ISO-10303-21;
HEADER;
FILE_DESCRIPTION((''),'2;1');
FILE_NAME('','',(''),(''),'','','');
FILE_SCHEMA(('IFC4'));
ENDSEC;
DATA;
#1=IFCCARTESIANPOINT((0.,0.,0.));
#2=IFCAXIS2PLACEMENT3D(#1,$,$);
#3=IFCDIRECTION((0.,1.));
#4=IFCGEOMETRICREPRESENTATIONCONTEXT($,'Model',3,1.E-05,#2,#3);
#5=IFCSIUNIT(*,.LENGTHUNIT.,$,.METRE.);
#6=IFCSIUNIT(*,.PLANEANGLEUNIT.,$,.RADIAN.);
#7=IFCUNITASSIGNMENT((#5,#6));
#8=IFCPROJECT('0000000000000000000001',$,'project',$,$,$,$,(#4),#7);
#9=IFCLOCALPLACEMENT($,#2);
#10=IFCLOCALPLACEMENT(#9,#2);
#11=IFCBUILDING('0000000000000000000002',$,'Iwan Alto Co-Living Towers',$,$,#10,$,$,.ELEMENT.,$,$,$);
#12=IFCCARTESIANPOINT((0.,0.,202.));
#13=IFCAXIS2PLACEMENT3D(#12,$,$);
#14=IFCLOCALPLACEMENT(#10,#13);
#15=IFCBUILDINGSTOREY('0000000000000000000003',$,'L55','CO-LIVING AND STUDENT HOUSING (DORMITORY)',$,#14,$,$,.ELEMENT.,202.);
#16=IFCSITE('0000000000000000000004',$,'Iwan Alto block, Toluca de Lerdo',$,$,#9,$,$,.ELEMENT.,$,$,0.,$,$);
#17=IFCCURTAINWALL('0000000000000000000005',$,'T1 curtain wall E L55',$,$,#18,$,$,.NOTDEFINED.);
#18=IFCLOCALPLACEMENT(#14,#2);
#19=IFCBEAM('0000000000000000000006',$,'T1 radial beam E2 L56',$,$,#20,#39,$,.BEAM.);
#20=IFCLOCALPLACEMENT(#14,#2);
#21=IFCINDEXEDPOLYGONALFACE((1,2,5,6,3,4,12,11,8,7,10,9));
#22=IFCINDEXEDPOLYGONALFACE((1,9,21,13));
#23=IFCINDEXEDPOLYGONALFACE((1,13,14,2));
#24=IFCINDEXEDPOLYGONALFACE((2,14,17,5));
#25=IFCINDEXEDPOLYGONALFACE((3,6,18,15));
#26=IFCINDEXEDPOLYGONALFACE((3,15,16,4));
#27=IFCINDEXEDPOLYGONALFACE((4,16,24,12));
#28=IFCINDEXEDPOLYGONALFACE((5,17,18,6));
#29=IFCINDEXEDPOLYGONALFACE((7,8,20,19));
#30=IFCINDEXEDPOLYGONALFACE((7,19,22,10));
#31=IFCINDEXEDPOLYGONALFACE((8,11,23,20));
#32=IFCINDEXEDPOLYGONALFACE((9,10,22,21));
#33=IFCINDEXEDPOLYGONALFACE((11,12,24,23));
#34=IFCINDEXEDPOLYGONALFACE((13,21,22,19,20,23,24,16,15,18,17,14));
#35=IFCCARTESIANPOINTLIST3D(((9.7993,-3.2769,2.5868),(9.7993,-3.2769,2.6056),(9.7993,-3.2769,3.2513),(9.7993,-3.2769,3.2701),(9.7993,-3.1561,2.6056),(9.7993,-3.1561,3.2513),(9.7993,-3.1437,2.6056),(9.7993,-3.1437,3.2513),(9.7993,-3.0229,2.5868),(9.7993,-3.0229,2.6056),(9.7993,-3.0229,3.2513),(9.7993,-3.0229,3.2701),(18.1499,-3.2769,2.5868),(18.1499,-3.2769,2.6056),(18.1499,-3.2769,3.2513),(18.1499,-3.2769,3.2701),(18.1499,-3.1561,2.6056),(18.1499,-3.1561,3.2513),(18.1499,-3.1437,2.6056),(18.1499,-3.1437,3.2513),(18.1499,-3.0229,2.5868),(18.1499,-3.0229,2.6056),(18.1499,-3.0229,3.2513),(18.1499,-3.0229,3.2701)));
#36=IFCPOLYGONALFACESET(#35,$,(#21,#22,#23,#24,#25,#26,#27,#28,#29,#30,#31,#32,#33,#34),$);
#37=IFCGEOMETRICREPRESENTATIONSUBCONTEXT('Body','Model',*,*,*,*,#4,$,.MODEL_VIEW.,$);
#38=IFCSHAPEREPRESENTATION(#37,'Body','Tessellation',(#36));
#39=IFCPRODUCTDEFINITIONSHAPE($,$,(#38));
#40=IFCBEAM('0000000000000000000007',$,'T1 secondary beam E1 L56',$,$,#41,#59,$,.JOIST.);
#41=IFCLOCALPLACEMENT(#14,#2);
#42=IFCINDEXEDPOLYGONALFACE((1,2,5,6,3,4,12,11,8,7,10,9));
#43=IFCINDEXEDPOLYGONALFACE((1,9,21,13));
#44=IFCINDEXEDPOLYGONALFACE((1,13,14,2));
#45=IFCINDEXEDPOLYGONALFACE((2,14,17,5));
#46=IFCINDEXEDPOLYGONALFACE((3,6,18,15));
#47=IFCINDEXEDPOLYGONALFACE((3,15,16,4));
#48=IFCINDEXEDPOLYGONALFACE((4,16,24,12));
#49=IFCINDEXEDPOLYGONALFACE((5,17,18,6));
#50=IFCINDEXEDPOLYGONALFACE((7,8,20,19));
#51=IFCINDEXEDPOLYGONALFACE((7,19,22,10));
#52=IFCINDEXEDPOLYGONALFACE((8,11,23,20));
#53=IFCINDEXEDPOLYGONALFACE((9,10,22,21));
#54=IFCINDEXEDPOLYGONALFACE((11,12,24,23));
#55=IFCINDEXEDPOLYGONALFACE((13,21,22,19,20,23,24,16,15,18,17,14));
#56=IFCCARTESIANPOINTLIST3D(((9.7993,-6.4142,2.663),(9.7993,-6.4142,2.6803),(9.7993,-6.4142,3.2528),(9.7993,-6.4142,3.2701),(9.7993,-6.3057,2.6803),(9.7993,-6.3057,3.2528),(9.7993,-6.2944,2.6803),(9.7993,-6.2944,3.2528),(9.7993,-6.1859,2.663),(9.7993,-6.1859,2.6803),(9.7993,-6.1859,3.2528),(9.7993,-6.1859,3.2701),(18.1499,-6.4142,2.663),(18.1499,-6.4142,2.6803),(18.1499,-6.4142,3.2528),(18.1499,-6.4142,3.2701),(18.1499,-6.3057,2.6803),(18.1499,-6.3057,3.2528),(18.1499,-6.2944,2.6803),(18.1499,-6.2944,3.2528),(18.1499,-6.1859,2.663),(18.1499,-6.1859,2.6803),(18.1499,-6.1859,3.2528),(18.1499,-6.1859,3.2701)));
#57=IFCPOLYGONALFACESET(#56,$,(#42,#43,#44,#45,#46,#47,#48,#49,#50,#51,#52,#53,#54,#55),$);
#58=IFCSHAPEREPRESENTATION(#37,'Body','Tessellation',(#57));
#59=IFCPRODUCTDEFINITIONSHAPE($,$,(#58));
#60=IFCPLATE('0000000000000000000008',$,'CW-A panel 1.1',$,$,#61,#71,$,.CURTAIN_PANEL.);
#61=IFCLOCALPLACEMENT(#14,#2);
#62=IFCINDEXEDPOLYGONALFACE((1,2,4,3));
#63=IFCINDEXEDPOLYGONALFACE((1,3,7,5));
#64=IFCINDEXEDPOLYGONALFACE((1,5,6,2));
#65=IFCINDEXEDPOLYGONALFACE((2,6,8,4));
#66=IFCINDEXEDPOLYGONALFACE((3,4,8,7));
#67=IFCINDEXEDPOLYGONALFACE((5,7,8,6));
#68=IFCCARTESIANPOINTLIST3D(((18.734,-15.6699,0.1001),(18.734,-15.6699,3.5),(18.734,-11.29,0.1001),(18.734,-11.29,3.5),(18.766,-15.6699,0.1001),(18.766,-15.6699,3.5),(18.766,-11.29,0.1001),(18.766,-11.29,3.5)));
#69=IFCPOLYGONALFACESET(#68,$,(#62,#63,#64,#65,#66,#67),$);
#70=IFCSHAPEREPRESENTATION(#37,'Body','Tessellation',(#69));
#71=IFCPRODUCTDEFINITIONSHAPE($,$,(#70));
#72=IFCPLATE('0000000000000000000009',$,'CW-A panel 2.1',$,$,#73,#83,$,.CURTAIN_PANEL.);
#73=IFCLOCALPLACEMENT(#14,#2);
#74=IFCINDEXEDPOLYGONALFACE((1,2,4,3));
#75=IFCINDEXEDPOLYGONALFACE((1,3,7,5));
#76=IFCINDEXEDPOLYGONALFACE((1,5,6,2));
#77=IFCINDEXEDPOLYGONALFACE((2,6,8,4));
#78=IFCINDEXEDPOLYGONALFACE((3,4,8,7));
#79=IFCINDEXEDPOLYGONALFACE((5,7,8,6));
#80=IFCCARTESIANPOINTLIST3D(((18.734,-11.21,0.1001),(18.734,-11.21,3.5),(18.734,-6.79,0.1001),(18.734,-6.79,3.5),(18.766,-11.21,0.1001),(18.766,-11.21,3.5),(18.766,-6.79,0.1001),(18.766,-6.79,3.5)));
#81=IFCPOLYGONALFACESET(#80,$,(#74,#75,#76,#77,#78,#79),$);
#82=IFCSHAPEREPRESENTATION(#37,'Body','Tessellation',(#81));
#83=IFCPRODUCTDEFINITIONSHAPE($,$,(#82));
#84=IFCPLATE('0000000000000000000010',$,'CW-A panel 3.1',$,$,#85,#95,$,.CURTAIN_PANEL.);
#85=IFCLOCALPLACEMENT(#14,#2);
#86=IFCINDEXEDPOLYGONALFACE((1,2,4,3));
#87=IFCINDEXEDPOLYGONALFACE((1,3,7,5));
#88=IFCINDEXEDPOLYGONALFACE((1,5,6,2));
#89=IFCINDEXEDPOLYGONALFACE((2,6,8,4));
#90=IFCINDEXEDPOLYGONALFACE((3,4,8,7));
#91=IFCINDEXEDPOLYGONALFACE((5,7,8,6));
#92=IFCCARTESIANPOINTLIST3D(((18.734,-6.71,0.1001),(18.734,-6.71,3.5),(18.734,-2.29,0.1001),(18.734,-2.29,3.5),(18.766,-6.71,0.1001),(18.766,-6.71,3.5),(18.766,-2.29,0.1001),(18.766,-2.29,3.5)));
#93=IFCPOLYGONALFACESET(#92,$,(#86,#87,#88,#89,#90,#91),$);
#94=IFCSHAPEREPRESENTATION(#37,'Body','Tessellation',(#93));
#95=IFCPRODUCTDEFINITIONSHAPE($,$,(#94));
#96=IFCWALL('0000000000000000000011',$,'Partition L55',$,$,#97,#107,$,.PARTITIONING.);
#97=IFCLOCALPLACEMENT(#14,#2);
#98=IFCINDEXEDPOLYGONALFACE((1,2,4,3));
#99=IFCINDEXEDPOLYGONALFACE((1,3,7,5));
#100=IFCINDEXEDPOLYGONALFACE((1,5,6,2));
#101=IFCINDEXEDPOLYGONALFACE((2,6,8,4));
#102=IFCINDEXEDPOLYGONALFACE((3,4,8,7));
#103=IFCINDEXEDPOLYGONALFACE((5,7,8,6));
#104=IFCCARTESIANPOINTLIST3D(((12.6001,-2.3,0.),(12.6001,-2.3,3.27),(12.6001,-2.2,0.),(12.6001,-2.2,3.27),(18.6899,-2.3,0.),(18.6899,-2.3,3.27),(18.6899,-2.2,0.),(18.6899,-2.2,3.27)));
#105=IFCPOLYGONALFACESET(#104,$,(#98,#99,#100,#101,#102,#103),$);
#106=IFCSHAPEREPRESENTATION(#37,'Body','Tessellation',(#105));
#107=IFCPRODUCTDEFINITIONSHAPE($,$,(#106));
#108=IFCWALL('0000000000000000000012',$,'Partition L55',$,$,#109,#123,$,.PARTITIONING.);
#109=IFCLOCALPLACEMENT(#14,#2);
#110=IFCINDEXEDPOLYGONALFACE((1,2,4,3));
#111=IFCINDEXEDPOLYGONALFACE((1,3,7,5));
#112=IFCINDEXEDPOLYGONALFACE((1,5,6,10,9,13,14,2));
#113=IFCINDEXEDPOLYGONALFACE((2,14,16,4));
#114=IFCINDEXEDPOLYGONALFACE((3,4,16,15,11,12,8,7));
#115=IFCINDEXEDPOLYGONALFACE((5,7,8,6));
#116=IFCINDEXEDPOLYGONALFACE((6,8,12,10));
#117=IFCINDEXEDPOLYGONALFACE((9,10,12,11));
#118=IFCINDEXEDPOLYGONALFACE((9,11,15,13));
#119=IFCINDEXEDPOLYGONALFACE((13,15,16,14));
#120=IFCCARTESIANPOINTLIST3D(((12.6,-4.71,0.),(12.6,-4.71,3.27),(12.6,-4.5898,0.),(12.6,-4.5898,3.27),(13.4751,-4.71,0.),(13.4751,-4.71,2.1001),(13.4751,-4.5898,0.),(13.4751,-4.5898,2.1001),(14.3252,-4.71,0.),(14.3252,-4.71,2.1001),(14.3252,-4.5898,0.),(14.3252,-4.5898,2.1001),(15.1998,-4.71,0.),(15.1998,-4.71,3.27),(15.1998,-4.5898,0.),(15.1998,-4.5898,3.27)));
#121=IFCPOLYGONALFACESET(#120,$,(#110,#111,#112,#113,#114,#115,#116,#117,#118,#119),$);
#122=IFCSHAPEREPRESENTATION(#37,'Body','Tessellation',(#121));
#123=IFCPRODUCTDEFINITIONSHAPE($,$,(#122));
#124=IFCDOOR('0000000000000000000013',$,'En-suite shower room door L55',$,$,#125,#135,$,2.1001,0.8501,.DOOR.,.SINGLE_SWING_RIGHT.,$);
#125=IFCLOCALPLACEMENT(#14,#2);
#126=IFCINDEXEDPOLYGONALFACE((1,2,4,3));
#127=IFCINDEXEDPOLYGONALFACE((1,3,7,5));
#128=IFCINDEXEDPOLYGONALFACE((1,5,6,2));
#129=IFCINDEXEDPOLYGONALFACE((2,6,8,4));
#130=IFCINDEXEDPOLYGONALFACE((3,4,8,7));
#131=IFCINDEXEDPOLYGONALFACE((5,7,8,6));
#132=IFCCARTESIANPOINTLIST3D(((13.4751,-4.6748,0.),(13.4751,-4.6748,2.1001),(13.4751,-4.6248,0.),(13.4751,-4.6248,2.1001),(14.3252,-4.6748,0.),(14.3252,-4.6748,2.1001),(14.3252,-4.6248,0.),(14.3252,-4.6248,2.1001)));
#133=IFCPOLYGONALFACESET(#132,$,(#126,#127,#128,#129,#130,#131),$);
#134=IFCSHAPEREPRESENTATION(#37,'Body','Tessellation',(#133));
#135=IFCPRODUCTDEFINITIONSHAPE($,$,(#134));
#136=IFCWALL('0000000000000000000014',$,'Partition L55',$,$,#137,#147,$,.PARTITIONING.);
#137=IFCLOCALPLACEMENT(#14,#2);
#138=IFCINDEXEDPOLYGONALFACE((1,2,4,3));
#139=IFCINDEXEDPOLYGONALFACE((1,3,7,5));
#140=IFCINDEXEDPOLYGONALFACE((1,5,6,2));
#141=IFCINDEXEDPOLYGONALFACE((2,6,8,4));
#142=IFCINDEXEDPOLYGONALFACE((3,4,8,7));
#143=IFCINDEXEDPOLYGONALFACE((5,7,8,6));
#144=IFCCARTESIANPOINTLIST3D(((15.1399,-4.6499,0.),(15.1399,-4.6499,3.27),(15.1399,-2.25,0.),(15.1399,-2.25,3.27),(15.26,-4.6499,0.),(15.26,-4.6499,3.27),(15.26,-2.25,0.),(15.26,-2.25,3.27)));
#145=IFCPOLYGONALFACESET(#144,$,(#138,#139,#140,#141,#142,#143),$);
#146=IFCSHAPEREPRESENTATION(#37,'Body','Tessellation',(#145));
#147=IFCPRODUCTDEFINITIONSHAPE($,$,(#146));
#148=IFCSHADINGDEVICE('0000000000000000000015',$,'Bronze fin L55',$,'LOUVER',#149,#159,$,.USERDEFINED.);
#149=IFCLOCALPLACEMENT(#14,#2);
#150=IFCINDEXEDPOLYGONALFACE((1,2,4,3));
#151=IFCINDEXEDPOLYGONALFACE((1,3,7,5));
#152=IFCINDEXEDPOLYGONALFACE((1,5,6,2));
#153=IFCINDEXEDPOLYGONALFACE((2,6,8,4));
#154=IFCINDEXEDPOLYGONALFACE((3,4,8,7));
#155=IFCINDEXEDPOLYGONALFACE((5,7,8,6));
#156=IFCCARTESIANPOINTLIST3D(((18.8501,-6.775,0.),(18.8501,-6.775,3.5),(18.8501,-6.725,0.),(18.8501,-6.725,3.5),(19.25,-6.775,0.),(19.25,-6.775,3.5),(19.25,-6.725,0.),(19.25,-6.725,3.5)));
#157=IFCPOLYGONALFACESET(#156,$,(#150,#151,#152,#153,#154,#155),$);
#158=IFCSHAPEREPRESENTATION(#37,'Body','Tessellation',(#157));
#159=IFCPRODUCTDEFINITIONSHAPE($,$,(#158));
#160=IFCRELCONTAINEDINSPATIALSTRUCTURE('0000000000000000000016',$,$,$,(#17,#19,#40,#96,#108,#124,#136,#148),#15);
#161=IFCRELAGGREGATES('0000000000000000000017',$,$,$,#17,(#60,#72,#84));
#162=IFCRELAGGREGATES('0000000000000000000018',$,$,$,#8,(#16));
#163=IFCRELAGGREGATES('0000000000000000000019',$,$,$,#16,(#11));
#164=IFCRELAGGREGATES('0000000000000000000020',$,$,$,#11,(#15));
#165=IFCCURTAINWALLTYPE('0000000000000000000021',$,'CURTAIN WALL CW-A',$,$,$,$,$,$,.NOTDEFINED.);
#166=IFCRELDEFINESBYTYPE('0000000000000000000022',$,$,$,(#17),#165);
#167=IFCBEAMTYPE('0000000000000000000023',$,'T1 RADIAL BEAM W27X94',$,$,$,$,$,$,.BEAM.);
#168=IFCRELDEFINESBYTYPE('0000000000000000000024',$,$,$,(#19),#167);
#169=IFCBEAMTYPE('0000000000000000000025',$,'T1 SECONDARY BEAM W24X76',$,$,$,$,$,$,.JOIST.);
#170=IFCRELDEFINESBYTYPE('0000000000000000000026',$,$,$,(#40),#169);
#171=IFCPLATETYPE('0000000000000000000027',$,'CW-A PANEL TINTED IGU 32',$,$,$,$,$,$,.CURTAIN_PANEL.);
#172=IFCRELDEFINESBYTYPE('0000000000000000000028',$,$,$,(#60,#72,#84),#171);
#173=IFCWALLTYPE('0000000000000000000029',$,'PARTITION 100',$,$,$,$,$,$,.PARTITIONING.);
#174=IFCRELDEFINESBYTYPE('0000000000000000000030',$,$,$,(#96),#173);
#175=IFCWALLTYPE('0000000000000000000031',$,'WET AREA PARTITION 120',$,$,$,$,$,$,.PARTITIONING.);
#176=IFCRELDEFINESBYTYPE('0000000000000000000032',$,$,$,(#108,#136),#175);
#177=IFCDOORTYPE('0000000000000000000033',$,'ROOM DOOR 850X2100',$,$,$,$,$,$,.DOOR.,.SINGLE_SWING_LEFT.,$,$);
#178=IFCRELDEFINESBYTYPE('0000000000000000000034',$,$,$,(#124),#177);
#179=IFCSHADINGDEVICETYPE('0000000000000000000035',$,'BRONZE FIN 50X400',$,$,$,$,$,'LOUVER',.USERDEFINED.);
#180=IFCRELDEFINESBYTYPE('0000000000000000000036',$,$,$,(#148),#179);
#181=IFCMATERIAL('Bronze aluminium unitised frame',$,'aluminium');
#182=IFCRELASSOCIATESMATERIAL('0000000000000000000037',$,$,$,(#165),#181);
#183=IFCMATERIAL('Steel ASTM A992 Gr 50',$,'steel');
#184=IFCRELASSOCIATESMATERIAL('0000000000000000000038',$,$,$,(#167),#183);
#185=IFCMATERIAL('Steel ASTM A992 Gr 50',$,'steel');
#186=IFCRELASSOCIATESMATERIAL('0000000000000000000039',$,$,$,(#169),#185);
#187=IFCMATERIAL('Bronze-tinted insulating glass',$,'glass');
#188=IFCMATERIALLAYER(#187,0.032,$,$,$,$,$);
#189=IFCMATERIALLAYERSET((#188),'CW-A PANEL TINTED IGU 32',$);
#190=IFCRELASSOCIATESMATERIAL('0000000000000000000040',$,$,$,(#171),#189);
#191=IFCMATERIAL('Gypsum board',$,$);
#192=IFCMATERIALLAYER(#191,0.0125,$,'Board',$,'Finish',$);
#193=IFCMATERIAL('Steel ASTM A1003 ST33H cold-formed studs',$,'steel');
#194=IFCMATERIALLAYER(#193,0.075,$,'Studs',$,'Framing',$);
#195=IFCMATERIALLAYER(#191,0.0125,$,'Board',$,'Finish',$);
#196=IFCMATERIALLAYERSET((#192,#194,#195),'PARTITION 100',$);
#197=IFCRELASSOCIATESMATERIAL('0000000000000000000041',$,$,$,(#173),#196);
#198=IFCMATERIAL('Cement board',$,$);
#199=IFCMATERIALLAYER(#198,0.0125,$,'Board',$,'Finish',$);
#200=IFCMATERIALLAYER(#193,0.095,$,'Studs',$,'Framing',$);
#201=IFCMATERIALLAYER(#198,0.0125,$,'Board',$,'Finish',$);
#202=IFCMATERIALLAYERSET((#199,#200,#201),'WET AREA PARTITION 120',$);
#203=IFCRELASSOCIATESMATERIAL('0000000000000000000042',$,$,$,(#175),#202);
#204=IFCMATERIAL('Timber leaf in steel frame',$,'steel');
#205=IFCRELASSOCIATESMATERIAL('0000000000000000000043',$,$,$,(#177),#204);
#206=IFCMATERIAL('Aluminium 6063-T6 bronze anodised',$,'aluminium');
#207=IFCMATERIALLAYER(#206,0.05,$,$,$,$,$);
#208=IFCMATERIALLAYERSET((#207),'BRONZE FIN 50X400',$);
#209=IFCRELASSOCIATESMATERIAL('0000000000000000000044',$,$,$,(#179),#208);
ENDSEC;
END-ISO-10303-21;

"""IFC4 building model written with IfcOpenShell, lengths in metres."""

from ifc_helpers import new_model, si_unit, direction, frame, frame_2d, origin, origin_2d, place, context, subcontext, project, spatial, rectangle, i_section, extrude, material, layer, layer_set, material_profile, profile_set, type_object, element, fill, aggregate, save


model = new_model("IFC4")

# Units and contexts
model_context = context("Model", 3, precision=1e-05, world=origin(), true_north=direction((0.0, 1.0)))
body_context = subcontext(model_context, "Body", "Model", "MODEL_VIEW")
ifc_project = project(units=[si_unit("LENGTHUNIT", "METRE"), si_unit("PLANEANGLEUNIT", "RADIAN")], contexts=[model_context])

# Site, building, storey
site_placement = place(None, origin())
site = spatial("IfcSite", under=ifc_project, at=site_placement, Name="Iwan Alto block, Toluca de Lerdo", CompositionType="ELEMENT", RefElevation=0.0)
building_placement = place(site_placement, origin())
building = spatial("IfcBuilding", under=site, at=building_placement, Name="Iwan Alto Co-Living Towers", CompositionType="ELEMENT")
storey_placement = place(building_placement, frame((0.0, 0.0, 202.0)))
storey = spatial("IfcBuildingStorey", under=building, at=storey_placement, Name="L55", Description="CO-LIVING AND STUDENT HOUSING (DORMITORY)", CompositionType="ELEMENT", Elevation=202.0)

# Curtain wall
ifc_material_1 = material(Name="Bronze aluminium unitised frame", Category="aluminium")
curtain_wall_type = type_object("IfcCurtainWallType", Name="CURTAIN WALL CW-A", PredefinedType="NOTDEFINED", material=ifc_material_1)
curtain_wall_placement = place(storey_placement, origin())
curtain_wall = element("IfcCurtainWall", 1, at=curtain_wall_placement, inside=storey, type_object=curtain_wall_type, Name="T1 curtain wall E L55", PredefinedType="NOTDEFINED")

# Beams
ifc_material_2 = material(Name="Steel ASTM A992 Gr 50", Category="steel")
ifc_material_profile_1 = material_profile(ifc_material_2, i_section(OverallWidth=0.2539, OverallDepth=0.6833, WebThickness=0.0125, FlangeThickness=0.0188, at=origin_2d()), Name="W27X94")
ifc_profile_set_1 = profile_set([ifc_material_profile_1], Name="Steel ASTM A992 Gr 50")
beam_type_1 = type_object("IfcBeamType", Name="T1 RADIAL BEAM W27X94", PredefinedType="BEAM", material=ifc_profile_set_1)
for number, where, z_axis, x_axis, name in (
    (2, (18.1499, -3.1499, 2.9285), (-1.0, 0.0, 0.0), (0.0, -1.0, 0.0), "T1 radial beam E2 L56"),
):
    element("IfcBeam", number, at=place(storey_placement, frame(where, z_axis=z_axis, x_axis=x_axis)), inside=storey, type_object=beam_type_1, Name=name, PredefinedType="BEAM", context=body_context, shape_type="SweptSolid", body=[
        extrude(i_section(OverallWidth=0.2539, OverallDepth=0.6833, WebThickness=0.0125, FlangeThickness=0.0188, at=origin_2d()), origin(), (0.0, 0.0, 1.0), 8.3506),
    ])
ifc_material_3 = material(Name="Steel ASTM A992 Gr 50", Category="steel")
ifc_material_profile_2 = material_profile(ifc_material_3, i_section(OverallWidth=0.2283, OverallDepth=0.6072, WebThickness=0.0112, FlangeThickness=0.0173, at=origin_2d()), Name="W24X76")
ifc_profile_set_2 = profile_set([ifc_material_profile_2], Name="Steel ASTM A992 Gr 50")
beam_type_2 = type_object("IfcBeamType", Name="T1 SECONDARY BEAM W24X76", PredefinedType="JOIST", material=ifc_profile_set_2)
beam_1_placement = place(storey_placement, frame((18.1499, -6.3, 2.9666), z_axis=(-1.0, 0.0, 0.0), x_axis=(0.0, -1.0, 0.0)))
element("IfcBeam", 3, at=beam_1_placement, inside=storey, type_object=beam_type_2, Name="T1 secondary beam E1 L56", PredefinedType="JOIST", context=body_context, shape_type="SweptSolid", body=[
    extrude(i_section(OverallWidth=0.2283, OverallDepth=0.6072, WebThickness=0.0112, FlangeThickness=0.0173, at=origin_2d()), origin(), (0.0, 0.0, 1.0), 8.3506),
])

# Plates
ifc_material_4 = material(Name="Bronze-tinted insulating glass", Category="glass")
ifc_layer_1 = layer(ifc_material_4, 0.032)
ifc_layer_set_1 = layer_set([ifc_layer_1], Name="CW-A PANEL TINTED IGU 32")
plate_type = type_object("IfcPlateType", Name="CW-A PANEL TINTED IGU 32", PredefinedType="CURTAIN_PANEL", material=ifc_layer_set_1)
plate_1_placement = place(storey_placement, frame((18.75, -13.48, 0.1001), z_axis=(0.0, 0.0, 1.0), x_axis=(0.0, 1.0, 0.0)))
plate_1 = element("IfcPlate", 4, at=plate_1_placement, type_object=plate_type, Name="CW-A panel 1.1", PredefinedType="CURTAIN_PANEL", context=body_context, shape_type="SweptSolid", body=[
    extrude(rectangle(XDim=4.3799, YDim=0.032, at=origin_2d()), origin(), (0.0, 0.0, 1.0), 3.3999),
])
plate_2_placement = place(storey_placement, frame((18.75, -9.0, 0.1001), z_axis=(0.0, 0.0, 1.0), x_axis=(0.0, 1.0, 0.0)))
plate_2 = element("IfcPlate", 5, at=plate_2_placement, type_object=plate_type, Name="CW-A panel 2.1", PredefinedType="CURTAIN_PANEL", context=body_context, shape_type="SweptSolid", body=[
    extrude(rectangle(XDim=4.4199, YDim=0.032, at=origin_2d()), origin(), (0.0, 0.0, 1.0), 3.3999),
])
plate_3_placement = place(storey_placement, frame((18.75, -4.5, 0.1001), z_axis=(0.0, 0.0, 1.0), x_axis=(0.0, 1.0, 0.0)))
plate_3 = element("IfcPlate", 6, at=plate_3_placement, type_object=plate_type, Name="CW-A panel 3.1", PredefinedType="CURTAIN_PANEL", context=body_context, shape_type="SweptSolid", body=[
    extrude(rectangle(XDim=4.4199, YDim=0.032, at=origin_2d()), origin(), (0.0, 0.0, 1.0), 3.3999),
])
aggregate(curtain_wall, [plate_1, plate_2, plate_3])

# Wall
ifc_material_5 = material(Name="Gypsum board")
ifc_layer_2 = layer(ifc_material_5, 0.0125, Name="Board", Category="Finish")
ifc_material_6 = material(Name="Steel ASTM A1003 ST33H cold-formed studs", Category="steel")
ifc_layer_3 = layer(ifc_material_6, 0.075, Name="Studs", Category="Framing")
ifc_layer_4 = layer(ifc_material_5, 0.0125, Name="Board", Category="Finish")
ifc_layer_set_2 = layer_set([ifc_layer_2, ifc_layer_3, ifc_layer_4], Name="PARTITION 100")
wall_type_1 = type_object("IfcWallType", Name="PARTITION 100", PredefinedType="PARTITIONING", material=ifc_layer_set_2)
wall_1_placement = place(storey_placement, frame((12.6001, -2.25, 0.0), z_axis=(0.0, 0.0, 1.0), x_axis=(1.0, 0.0, 0.0)))
element("IfcWall", 7, at=wall_1_placement, inside=storey, type_object=wall_type_1, Name="Partition L55", PredefinedType="PARTITIONING", context=body_context, shape_type="SweptSolid", body=[
    extrude(rectangle(XDim=6.0898, YDim=0.1001, at=frame_2d((3.0449, 0.0))), origin(), (0.0, 0.0, 1.0), 3.27),
])

# Wall, opening, door
ifc_material_7 = material(Name="Cement board")
ifc_layer_5 = layer(ifc_material_7, 0.0125, Name="Board", Category="Finish")
ifc_layer_6 = layer(ifc_material_6, 0.095, Name="Studs", Category="Framing")
ifc_layer_7 = layer(ifc_material_7, 0.0125, Name="Board", Category="Finish")
ifc_layer_set_3 = layer_set([ifc_layer_5, ifc_layer_6, ifc_layer_7], Name="WET AREA PARTITION 120")
wall_type_2 = type_object("IfcWallType", Name="WET AREA PARTITION 120", PredefinedType="PARTITIONING", material=ifc_layer_set_3)
wall_2_placement = place(storey_placement, frame((12.6001, -4.6499, 0.0), z_axis=(0.0, 0.0, 1.0), x_axis=(1.0, 0.0, 0.0)))
wall_2 = element("IfcWall", 8, at=wall_2_placement, inside=storey, type_object=wall_type_2, Name="Partition L55", PredefinedType="PARTITIONING", context=body_context, shape_type="SweptSolid", body=[
    extrude(rectangle(XDim=2.5999, YDim=0.1201, at=frame_2d((1.2998, 0.0))), origin(), (0.0, 0.0, 1.0), 3.27),
])
opening_placement = place(wall_2_placement, frame((0.875, 0.0, 0.0)))
opening = element("IfcOpeningElement", 9, at=opening_placement, cuts=wall_2, PredefinedType="OPENING", context=body_context, shape_type="SweptSolid", body=[
    extrude(rectangle(XDim=0.8501, YDim=2.1001, at=frame_2d((0.425, 1.05))), frame((0.0, 0.0701, 0.0), z_axis=(0.0, -1.0, 0.0), x_axis=(1.0, 0.0, 0.0)), (0.0, 0.0, 1.0), 0.1401),
])
ifc_material_8 = material(Name="Timber leaf in steel frame", Category="steel")
door_type = type_object("IfcDoorType", Name="ROOM DOOR 850X2100", OperationType="SINGLE_SWING_LEFT", PredefinedType="DOOR", material=ifc_material_8)
door_placement = place(opening_placement, frame((0.8501, 0.0, 0.0), z_axis=(0.0, 0.0, 1.0), x_axis=(-1.0, 0.0, 0.0)))
door = element("IfcDoor", 10, at=door_placement, inside=storey, type_object=door_type, Name="En-suite shower room door L55", OperationType="SINGLE_SWING_RIGHT", OverallHeight=2.1001, OverallWidth=0.8501, PredefinedType="DOOR", context=body_context, shape_type="SweptSolid", body=[
    extrude(rectangle(XDim=0.8501, YDim=2.1001, at=frame_2d((0.425, 1.05))), frame((0.0, 0.0249, 0.0), z_axis=(0.0, -1.0, 0.0), x_axis=(1.0, 0.0, 0.0)), (0.0, 0.0, 1.0), 0.05),
])
fill(opening, door)

# Wall
wall_3_placement = place(storey_placement, frame((15.2, -4.6499, 0.0), z_axis=(0.0, 0.0, 1.0), x_axis=(0.0, 1.0, 0.0)))
element("IfcWall", 11, at=wall_3_placement, inside=storey, type_object=wall_type_2, Name="Partition L55", PredefinedType="PARTITIONING", context=body_context, shape_type="SweptSolid", body=[
    extrude(rectangle(XDim=2.3999, YDim=0.1201, at=frame_2d((1.2, 0.0))), origin(), (0.0, 0.0, 1.0), 3.27),
])

# Shading device
ifc_material_9 = material(Name="Aluminium 6063-T6 bronze anodised", Category="aluminium")
ifc_layer_8 = layer(ifc_material_9, 0.05)
ifc_layer_set_4 = layer_set([ifc_layer_8], Name="BRONZE FIN 50X400")
shading_device_type = type_object("IfcShadingDeviceType", Name="BRONZE FIN 50X400", ElementType="LOUVER", PredefinedType="USERDEFINED", material=ifc_layer_set_4)
shading_device_placement = place(storey_placement, frame((19.05, -6.75, 0.0), z_axis=(0.0, 0.0, 1.0), x_axis=(0.0, 1.0, 0.0)))
element("IfcShadingDevice", 12, at=shading_device_placement, inside=storey, type_object=shading_device_type, Name="Bronze fin L55", ObjectType="LOUVER", PredefinedType="USERDEFINED", context=body_context, shape_type="SweptSolid", body=[
    extrude(rectangle(XDim=0.05, YDim=0.3999, at=origin_2d()), origin(), (0.0, 0.0, 1.0), 3.5),
])

save(model, "model.ifc")
